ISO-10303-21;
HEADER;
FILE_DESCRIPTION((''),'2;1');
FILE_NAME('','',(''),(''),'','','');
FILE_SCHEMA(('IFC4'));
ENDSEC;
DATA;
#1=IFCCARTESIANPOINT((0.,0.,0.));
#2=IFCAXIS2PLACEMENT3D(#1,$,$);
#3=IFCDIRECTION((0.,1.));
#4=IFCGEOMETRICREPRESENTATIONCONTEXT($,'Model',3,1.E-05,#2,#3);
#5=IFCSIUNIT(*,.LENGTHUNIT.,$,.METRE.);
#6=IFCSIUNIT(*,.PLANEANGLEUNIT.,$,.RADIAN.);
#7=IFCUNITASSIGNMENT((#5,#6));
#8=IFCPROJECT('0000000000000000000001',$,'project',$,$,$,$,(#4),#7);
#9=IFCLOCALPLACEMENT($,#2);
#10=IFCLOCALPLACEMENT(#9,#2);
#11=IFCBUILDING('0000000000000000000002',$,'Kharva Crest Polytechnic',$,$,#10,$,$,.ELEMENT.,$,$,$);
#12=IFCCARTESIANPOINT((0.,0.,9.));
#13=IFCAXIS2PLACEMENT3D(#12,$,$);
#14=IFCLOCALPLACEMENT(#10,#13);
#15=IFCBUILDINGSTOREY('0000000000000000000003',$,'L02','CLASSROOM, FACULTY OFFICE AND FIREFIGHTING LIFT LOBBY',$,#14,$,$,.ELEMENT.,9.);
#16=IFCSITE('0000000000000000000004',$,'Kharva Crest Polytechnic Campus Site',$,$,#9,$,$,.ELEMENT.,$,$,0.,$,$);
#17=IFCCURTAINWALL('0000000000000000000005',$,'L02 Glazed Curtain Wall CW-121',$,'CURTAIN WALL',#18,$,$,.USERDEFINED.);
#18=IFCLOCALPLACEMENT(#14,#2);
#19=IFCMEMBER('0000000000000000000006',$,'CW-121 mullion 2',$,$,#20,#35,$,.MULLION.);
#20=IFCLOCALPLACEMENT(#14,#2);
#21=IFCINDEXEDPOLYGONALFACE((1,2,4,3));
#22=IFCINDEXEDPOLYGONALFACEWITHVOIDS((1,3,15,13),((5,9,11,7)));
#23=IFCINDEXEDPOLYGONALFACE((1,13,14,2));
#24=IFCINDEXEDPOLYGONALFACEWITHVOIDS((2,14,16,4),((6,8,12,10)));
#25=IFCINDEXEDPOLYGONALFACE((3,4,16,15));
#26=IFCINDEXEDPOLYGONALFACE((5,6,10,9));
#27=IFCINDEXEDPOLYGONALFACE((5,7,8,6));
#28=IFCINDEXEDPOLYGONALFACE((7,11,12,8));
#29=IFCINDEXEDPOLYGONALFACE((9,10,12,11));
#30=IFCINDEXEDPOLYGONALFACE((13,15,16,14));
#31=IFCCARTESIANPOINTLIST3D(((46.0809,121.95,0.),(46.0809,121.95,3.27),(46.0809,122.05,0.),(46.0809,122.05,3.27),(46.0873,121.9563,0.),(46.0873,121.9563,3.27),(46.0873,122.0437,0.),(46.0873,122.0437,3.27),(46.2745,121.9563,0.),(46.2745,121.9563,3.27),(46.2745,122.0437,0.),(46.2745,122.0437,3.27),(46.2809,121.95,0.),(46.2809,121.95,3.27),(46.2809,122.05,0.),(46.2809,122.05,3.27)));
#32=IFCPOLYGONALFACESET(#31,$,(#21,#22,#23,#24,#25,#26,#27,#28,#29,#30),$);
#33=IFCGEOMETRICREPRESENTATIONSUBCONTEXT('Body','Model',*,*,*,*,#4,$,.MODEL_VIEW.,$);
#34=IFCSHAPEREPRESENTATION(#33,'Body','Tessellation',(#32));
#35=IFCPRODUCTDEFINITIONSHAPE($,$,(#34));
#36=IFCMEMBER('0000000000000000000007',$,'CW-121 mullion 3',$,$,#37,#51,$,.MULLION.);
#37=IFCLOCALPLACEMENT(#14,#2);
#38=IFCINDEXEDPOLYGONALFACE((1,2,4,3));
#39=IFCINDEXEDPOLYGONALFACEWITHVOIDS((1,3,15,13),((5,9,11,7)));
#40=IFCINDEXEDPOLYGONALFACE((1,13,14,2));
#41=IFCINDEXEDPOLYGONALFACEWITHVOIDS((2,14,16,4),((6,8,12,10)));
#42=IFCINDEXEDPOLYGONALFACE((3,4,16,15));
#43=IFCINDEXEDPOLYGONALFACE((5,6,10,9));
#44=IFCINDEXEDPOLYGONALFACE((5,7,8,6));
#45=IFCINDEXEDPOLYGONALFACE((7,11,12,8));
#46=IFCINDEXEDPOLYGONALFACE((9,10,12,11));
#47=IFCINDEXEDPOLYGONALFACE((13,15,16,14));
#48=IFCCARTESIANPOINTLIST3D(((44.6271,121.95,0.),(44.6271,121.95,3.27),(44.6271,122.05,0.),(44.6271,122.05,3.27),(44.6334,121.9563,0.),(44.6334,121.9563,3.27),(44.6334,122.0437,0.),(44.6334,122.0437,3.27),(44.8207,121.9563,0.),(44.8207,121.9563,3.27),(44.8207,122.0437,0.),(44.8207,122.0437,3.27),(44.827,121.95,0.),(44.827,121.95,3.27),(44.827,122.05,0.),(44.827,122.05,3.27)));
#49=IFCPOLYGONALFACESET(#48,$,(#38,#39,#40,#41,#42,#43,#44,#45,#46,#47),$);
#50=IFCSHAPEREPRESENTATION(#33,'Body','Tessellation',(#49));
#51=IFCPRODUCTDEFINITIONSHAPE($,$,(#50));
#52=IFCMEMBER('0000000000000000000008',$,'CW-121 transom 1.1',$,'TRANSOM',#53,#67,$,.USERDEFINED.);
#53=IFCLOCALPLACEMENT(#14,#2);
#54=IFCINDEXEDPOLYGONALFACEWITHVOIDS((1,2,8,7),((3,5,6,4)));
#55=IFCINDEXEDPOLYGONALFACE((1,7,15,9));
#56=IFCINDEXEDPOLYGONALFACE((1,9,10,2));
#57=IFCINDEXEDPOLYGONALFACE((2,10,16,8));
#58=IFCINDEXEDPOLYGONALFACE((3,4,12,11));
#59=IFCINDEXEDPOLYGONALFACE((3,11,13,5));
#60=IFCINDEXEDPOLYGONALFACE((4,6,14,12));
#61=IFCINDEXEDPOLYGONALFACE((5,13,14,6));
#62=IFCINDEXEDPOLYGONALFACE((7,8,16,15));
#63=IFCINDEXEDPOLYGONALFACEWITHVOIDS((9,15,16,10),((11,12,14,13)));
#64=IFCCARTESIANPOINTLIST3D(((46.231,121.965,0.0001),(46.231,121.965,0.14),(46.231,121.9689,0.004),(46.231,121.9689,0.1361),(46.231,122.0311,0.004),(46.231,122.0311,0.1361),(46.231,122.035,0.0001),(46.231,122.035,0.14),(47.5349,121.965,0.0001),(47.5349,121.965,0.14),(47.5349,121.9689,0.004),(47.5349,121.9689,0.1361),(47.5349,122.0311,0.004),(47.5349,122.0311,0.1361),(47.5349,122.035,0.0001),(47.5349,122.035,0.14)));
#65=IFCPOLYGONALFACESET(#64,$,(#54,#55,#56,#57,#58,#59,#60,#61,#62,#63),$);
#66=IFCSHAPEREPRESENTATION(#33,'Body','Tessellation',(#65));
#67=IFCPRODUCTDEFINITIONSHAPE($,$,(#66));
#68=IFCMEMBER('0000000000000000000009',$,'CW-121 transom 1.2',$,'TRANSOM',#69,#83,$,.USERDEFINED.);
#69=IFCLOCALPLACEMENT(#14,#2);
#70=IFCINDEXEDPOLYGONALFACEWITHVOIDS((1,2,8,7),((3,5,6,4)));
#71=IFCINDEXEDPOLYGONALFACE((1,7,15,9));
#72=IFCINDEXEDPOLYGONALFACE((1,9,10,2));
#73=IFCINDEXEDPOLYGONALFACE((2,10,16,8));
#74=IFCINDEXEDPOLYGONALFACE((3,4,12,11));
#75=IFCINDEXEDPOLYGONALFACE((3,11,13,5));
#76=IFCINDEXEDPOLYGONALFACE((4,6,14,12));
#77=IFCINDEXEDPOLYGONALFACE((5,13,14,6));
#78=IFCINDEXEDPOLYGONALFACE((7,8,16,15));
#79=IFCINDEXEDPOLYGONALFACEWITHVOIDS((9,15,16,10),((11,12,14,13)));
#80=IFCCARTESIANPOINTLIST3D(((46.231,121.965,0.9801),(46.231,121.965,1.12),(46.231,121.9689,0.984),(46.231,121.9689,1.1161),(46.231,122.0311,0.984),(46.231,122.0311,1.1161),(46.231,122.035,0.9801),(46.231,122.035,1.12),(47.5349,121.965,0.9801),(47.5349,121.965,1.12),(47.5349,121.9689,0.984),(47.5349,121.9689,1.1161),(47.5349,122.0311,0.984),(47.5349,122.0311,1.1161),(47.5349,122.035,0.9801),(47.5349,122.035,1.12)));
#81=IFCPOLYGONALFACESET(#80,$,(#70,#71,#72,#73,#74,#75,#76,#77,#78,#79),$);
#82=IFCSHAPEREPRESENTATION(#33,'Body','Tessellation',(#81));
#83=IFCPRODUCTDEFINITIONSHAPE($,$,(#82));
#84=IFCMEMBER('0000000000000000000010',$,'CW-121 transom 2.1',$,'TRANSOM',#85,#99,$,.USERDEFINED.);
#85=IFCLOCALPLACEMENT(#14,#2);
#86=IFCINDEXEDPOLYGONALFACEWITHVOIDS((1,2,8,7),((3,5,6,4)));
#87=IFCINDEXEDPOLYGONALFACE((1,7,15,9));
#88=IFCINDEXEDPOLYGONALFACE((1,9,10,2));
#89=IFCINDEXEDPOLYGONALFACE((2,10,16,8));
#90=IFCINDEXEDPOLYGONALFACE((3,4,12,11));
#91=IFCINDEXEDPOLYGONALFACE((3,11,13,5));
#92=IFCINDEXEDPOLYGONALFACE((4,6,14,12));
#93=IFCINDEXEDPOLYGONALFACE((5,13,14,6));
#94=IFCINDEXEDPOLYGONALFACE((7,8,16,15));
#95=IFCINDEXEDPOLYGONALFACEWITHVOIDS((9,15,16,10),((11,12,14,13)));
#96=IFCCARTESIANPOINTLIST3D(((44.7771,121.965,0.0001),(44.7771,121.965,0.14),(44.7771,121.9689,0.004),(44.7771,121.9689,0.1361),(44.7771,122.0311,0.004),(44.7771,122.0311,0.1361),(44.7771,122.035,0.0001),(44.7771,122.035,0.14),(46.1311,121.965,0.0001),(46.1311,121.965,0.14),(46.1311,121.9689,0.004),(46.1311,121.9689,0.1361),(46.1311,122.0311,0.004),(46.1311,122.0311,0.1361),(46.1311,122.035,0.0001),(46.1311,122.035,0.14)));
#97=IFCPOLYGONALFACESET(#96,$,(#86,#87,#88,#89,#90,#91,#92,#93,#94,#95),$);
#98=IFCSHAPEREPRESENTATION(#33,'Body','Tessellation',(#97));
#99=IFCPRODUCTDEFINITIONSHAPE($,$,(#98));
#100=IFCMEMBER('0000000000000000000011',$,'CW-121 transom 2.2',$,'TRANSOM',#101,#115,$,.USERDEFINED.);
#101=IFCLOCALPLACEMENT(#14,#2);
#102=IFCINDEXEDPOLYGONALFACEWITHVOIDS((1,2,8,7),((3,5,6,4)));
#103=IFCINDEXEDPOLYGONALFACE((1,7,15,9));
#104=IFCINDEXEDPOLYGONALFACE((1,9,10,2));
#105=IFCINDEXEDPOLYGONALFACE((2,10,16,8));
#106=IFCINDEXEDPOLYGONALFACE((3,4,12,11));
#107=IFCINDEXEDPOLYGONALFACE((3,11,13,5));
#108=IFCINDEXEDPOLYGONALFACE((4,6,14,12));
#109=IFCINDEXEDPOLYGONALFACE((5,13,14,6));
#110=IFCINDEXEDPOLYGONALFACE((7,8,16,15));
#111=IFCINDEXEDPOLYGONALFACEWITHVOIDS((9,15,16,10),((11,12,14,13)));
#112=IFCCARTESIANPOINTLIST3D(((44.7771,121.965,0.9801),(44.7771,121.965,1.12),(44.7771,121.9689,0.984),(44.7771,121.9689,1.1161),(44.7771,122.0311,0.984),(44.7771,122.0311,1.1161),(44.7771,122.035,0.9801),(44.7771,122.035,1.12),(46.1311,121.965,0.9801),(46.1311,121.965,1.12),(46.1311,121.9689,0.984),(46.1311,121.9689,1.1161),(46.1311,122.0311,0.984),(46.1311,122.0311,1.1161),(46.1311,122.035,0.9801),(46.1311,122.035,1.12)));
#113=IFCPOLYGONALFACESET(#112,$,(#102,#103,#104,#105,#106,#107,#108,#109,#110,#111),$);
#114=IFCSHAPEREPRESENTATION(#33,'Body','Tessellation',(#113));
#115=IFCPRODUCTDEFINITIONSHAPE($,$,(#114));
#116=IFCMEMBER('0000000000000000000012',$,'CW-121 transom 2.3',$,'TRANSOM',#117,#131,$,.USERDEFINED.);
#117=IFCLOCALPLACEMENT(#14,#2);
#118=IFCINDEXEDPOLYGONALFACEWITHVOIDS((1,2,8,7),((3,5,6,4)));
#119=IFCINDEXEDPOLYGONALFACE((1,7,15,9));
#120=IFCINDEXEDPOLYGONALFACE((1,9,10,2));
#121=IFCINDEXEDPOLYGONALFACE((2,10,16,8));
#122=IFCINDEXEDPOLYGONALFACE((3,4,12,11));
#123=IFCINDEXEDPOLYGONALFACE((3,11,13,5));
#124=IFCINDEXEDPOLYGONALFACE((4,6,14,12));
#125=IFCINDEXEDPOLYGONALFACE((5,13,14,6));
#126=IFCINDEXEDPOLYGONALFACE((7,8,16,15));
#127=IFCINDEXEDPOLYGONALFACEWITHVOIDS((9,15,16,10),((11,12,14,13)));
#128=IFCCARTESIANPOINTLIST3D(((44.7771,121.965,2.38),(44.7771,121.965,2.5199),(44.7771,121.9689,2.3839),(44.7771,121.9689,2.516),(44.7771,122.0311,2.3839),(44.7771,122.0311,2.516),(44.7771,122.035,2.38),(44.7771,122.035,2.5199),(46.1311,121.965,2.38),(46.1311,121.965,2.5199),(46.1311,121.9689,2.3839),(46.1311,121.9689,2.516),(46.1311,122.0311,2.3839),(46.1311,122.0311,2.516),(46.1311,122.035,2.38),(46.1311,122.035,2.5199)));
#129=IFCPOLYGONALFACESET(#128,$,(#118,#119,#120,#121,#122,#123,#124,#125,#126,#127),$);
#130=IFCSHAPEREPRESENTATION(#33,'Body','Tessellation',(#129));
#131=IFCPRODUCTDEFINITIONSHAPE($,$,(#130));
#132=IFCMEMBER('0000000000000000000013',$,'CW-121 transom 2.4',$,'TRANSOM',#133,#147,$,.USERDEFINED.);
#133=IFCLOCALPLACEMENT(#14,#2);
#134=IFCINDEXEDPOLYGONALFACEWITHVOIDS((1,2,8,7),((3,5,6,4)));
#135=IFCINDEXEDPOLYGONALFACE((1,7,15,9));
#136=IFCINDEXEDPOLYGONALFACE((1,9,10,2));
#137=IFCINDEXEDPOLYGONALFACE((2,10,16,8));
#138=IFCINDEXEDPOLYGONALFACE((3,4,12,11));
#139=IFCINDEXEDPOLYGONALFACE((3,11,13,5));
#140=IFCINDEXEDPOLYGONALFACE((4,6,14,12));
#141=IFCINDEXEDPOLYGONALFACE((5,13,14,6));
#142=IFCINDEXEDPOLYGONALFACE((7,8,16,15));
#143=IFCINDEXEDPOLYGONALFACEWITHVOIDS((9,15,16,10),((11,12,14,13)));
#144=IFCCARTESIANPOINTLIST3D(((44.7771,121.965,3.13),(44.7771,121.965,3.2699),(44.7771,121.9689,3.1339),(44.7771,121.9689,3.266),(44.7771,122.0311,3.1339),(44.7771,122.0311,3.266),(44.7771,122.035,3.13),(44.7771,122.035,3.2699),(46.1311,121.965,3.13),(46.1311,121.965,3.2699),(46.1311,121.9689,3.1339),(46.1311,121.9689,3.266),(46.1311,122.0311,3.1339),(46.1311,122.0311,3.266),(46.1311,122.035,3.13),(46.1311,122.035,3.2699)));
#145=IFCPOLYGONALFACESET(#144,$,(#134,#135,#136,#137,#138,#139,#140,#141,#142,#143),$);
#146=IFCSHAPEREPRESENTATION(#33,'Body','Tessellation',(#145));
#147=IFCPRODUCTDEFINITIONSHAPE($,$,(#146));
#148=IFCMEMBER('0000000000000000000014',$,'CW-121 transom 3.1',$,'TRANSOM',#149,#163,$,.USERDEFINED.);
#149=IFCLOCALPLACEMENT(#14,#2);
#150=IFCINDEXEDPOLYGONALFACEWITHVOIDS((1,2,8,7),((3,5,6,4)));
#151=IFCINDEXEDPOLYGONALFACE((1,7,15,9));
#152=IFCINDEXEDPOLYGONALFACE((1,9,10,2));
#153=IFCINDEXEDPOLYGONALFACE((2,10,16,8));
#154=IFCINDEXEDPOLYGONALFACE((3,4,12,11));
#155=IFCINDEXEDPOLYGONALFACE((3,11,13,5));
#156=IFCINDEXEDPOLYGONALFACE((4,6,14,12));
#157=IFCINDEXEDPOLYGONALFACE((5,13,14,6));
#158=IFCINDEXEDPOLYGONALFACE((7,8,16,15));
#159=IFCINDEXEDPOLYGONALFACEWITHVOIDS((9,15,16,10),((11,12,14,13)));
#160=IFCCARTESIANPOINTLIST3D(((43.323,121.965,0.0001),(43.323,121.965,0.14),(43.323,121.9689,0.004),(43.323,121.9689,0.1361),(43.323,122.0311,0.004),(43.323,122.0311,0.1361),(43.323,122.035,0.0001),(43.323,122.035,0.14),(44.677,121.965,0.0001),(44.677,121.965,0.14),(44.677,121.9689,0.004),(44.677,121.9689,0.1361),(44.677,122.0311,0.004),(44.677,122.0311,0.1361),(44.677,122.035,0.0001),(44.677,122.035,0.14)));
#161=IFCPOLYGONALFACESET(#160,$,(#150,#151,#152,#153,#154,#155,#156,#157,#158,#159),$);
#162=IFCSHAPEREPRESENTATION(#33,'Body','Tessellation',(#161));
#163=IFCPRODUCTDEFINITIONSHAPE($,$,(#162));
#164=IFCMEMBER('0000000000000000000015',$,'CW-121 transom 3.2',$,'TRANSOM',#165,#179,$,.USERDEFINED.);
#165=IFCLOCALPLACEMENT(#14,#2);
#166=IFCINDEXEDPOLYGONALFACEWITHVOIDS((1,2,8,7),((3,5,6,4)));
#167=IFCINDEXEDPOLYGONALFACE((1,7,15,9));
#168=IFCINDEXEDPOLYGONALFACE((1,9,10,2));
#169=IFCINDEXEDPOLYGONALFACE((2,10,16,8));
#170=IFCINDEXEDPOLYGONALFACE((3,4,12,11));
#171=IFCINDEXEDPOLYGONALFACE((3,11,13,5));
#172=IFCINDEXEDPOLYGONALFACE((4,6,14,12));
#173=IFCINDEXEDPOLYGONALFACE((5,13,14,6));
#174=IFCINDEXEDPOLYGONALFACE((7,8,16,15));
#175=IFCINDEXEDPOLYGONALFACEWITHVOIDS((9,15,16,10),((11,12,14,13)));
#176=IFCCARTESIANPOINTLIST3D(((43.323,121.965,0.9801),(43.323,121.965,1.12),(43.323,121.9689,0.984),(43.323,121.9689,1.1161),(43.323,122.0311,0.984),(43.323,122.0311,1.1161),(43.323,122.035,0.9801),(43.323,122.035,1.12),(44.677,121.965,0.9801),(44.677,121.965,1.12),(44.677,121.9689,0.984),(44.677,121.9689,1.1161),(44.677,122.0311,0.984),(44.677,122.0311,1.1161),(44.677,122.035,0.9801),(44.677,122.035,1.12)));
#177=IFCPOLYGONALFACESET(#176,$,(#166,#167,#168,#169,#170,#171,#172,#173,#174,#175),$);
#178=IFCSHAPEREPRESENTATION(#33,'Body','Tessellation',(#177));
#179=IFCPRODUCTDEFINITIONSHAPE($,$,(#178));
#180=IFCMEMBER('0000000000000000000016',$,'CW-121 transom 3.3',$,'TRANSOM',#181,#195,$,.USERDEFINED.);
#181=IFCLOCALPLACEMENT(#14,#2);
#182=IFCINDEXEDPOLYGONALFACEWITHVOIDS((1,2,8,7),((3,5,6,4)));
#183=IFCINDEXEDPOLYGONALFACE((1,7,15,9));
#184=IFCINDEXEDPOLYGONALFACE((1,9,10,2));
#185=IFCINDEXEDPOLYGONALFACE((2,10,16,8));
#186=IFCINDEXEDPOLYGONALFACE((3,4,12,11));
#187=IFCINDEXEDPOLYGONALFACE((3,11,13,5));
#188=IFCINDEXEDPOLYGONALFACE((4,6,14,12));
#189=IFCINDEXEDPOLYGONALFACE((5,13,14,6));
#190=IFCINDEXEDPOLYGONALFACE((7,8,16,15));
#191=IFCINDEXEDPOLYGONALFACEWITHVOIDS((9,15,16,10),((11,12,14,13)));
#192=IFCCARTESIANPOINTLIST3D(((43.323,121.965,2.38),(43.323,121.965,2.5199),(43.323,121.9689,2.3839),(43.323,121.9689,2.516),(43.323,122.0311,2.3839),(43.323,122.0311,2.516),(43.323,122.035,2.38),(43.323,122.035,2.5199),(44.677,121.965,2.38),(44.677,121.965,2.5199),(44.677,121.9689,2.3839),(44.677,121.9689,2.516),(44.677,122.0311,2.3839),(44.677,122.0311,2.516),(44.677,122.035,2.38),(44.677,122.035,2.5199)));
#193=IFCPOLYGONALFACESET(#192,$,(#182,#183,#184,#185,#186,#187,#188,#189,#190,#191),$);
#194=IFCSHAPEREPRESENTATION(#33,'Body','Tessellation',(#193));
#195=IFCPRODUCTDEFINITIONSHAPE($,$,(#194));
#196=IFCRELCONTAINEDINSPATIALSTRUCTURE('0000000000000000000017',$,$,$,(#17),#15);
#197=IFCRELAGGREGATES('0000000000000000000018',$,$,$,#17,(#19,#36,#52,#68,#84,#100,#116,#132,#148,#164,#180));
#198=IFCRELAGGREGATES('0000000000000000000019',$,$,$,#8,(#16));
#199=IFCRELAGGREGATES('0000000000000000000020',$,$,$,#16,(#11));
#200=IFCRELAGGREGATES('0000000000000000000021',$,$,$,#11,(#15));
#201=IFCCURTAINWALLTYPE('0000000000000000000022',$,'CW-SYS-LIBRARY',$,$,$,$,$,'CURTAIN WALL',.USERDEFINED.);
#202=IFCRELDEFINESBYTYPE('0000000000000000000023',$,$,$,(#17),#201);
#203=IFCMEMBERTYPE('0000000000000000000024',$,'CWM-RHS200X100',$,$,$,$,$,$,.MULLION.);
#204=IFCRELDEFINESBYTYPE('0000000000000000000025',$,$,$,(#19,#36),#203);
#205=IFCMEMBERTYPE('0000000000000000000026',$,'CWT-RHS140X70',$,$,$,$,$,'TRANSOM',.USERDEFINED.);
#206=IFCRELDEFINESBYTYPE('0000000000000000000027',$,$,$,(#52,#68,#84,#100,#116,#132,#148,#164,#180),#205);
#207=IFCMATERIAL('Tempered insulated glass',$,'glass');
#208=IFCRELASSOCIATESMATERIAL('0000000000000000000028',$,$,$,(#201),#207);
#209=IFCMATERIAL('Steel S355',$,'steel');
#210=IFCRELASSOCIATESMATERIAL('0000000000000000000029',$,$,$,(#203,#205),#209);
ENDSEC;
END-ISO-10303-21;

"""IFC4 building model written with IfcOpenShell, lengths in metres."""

from ifc_helpers import new_model, si_unit, direction, frame, origin, origin_2d, place, context, subcontext, project, spatial, hollow_rectangle, extrude, material, material_profile, profile_set, type_object, element, aggregate, save


model = new_model("IFC4")

# Units and contexts
model_context = context("Model", 3, precision=1e-05, world=origin(), true_north=direction((0.0, 1.0)))
body_context = subcontext(model_context, "Body", "Model", "MODEL_VIEW")
ifc_project = project(units=[si_unit("LENGTHUNIT", "METRE"), si_unit("PLANEANGLEUNIT", "RADIAN")], contexts=[model_context])

# Site, building, storey
site_placement = place(None, origin())
site = spatial("IfcSite", under=ifc_project, at=site_placement, Name="Kharva Crest Polytechnic Campus Site", CompositionType="ELEMENT", RefElevation=0.0)
building_placement = place(site_placement, origin())
building = spatial("IfcBuilding", under=site, at=building_placement, Name="Kharva Crest Polytechnic", CompositionType="ELEMENT")
storey_placement = place(building_placement, frame((0.0, 0.0, 9.0)))
storey = spatial("IfcBuildingStorey", under=building, at=storey_placement, Name="L02", Description="CLASSROOM, FACULTY OFFICE AND FIREFIGHTING LIFT LOBBY", CompositionType="ELEMENT", Elevation=9.0)

# Curtain wall, members
ifc_material_1 = material(Name="Tempered insulated glass", Category="glass")
curtain_wall_type = type_object("IfcCurtainWallType", Name="CW-SYS-LIBRARY", ElementType="CURTAIN WALL", PredefinedType="USERDEFINED", material=ifc_material_1)
curtain_wall_placement = place(storey_placement, origin())
curtain_wall = element("IfcCurtainWall", 1, at=curtain_wall_placement, inside=storey, type_object=curtain_wall_type, Name="L02 Glazed Curtain Wall CW-121", ObjectType="CURTAIN WALL", PredefinedType="USERDEFINED")
ifc_material_2 = material(Name="Steel S355", Category="steel")
ifc_material_profile_1 = material_profile(ifc_material_2, hollow_rectangle(XDim=0.1001, YDim=0.2, WallThickness=0.0063, at=origin_2d()), Name="RHS 200X100X6.3")
ifc_profile_set_1 = profile_set([ifc_material_profile_1], Name="Steel S355")
member_type_1 = type_object("IfcMemberType", Name="CWM-RHS200X100", PredefinedType="MULLION", material=ifc_profile_set_1)
member_1_placement = place(storey_placement, frame((46.1809, 122.0, 0.0), z_axis=(0.0, 0.0, 1.0), x_axis=(0.0, -1.0, 0.0)))
member_1 = element("IfcMember", 2, at=member_1_placement, type_object=member_type_1, Name="CW-121 mullion 2", PredefinedType="MULLION", context=body_context, shape_type="SweptSolid", body=[
    extrude(hollow_rectangle(XDim=0.1001, YDim=0.2, WallThickness=0.0063, at=origin_2d()), origin(), (0.0, 0.0, 1.0), 3.27),
])
member_2_placement = place(storey_placement, frame((44.7271, 122.0, 0.0), z_axis=(0.0, 0.0, 1.0), x_axis=(0.0, -1.0, 0.0)))
member_2 = element("IfcMember", 3, at=member_2_placement, type_object=member_type_1, Name="CW-121 mullion 3", PredefinedType="MULLION", context=body_context, shape_type="SweptSolid", body=[
    extrude(hollow_rectangle(XDim=0.1001, YDim=0.2, WallThickness=0.0063, at=origin_2d()), origin(), (0.0, 0.0, 1.0), 3.27),
])
ifc_material_profile_2 = material_profile(ifc_material_2, hollow_rectangle(XDim=0.0701, YDim=0.1399, WallThickness=0.0039, at=origin_2d()), Name="RHS 140X70X4.0")
ifc_profile_set_2 = profile_set([ifc_material_profile_2], Name="Steel S355")
member_type_2 = type_object("IfcMemberType", Name="CWT-RHS140X70", ElementType="TRANSOM", PredefinedType="USERDEFINED", material=ifc_profile_set_2)
member_3_placement = place(storey_placement, frame((47.5349, 122.0, 0.0701), z_axis=(-1.0, 0.0, 0.0), x_axis=(0.0, -1.0, 0.0)))
member_3 = element("IfcMember", 4, at=member_3_placement, type_object=member_type_2, Name="CW-121 transom 1.1", ObjectType="TRANSOM", PredefinedType="USERDEFINED", context=body_context, shape_type="SweptSolid", body=[
    extrude(hollow_rectangle(XDim=0.0701, YDim=0.1399, WallThickness=0.0039, at=origin_2d()), origin(), (0.0, 0.0, 1.0), 1.304),
])
member_4_placement = place(storey_placement, frame((47.5349, 122.0, 1.05), z_axis=(-1.0, 0.0, 0.0), x_axis=(0.0, -1.0, 0.0)))
member_4 = element("IfcMember", 5, at=member_4_placement, type_object=member_type_2, Name="CW-121 transom 1.2", ObjectType="TRANSOM", PredefinedType="USERDEFINED", context=body_context, shape_type="SweptSolid", body=[
    extrude(hollow_rectangle(XDim=0.0701, YDim=0.1399, WallThickness=0.0039, at=origin_2d()), origin(), (0.0, 0.0, 1.0), 1.304),
])
member_5_placement = place(storey_placement, frame((46.1311, 122.0, 0.0701), z_axis=(-1.0, 0.0, 0.0), x_axis=(0.0, -1.0, 0.0)))
member_5 = element("IfcMember", 6, at=member_5_placement, type_object=member_type_2, Name="CW-121 transom 2.1", ObjectType="TRANSOM", PredefinedType="USERDEFINED", context=body_context, shape_type="SweptSolid", body=[
    extrude(hollow_rectangle(XDim=0.0701, YDim=0.1399, WallThickness=0.0039, at=origin_2d()), origin(), (0.0, 0.0, 1.0), 1.354),
])
member_6_placement = place(storey_placement, frame((46.1311, 122.0, 1.05), z_axis=(-1.0, 0.0, 0.0), x_axis=(0.0, -1.0, 0.0)))
member_6 = element("IfcMember", 7, at=member_6_placement, type_object=member_type_2, Name="CW-121 transom 2.2", ObjectType="TRANSOM", PredefinedType="USERDEFINED", context=body_context, shape_type="SweptSolid", body=[
    extrude(hollow_rectangle(XDim=0.0701, YDim=0.1399, WallThickness=0.0039, at=origin_2d()), origin(), (0.0, 0.0, 1.0), 1.354),
])
member_7_placement = place(storey_placement, frame((46.1311, 122.0, 2.45), z_axis=(-1.0, 0.0, 0.0), x_axis=(0.0, -1.0, 0.0)))
member_7 = element("IfcMember", 8, at=member_7_placement, type_object=member_type_2, Name="CW-121 transom 2.3", ObjectType="TRANSOM", PredefinedType="USERDEFINED", context=body_context, shape_type="SweptSolid", body=[
    extrude(hollow_rectangle(XDim=0.0701, YDim=0.1399, WallThickness=0.0039, at=origin_2d()), origin(), (0.0, 0.0, 1.0), 1.354),
])
member_8_placement = place(storey_placement, frame((46.1311, 122.0, 3.2), z_axis=(-1.0, 0.0, 0.0), x_axis=(0.0, -1.0, 0.0)))
member_8 = element("IfcMember", 9, at=member_8_placement, type_object=member_type_2, Name="CW-121 transom 2.4", ObjectType="TRANSOM", PredefinedType="USERDEFINED", context=body_context, shape_type="SweptSolid", body=[
    extrude(hollow_rectangle(XDim=0.0701, YDim=0.1399, WallThickness=0.0039, at=origin_2d()), origin(), (0.0, 0.0, 1.0), 1.354),
])
member_9_placement = place(storey_placement, frame((44.677, 122.0, 0.0701), z_axis=(-1.0, 0.0, 0.0), x_axis=(0.0, -1.0, 0.0)))
member_9 = element("IfcMember", 10, at=member_9_placement, type_object=member_type_2, Name="CW-121 transom 3.1", ObjectType="TRANSOM", PredefinedType="USERDEFINED", context=body_context, shape_type="SweptSolid", body=[
    extrude(hollow_rectangle(XDim=0.0701, YDim=0.1399, WallThickness=0.0039, at=origin_2d()), origin(), (0.0, 0.0, 1.0), 1.354),
])
member_10_placement = place(storey_placement, frame((44.677, 122.0, 1.05), z_axis=(-1.0, 0.0, 0.0), x_axis=(0.0, -1.0, 0.0)))
member_10 = element("IfcMember", 11, at=member_10_placement, type_object=member_type_2, Name="CW-121 transom 3.2", ObjectType="TRANSOM", PredefinedType="USERDEFINED", context=body_context, shape_type="SweptSolid", body=[
    extrude(hollow_rectangle(XDim=0.0701, YDim=0.1399, WallThickness=0.0039, at=origin_2d()), origin(), (0.0, 0.0, 1.0), 1.354),
])
member_11_placement = place(storey_placement, frame((44.677, 122.0, 2.45), z_axis=(-1.0, 0.0, 0.0), x_axis=(0.0, -1.0, 0.0)))
member_11 = element("IfcMember", 12, at=member_11_placement, type_object=member_type_2, Name="CW-121 transom 3.3", ObjectType="TRANSOM", PredefinedType="USERDEFINED", context=body_context, shape_type="SweptSolid", body=[
    extrude(hollow_rectangle(XDim=0.0701, YDim=0.1399, WallThickness=0.0039, at=origin_2d()), origin(), (0.0, 0.0, 1.0), 1.354),
])
aggregate(curtain_wall, [member_1, member_2, member_3, member_4, member_5, member_6, member_7, member_8, member_9, member_10, member_11])

save(model, "model.ifc")
